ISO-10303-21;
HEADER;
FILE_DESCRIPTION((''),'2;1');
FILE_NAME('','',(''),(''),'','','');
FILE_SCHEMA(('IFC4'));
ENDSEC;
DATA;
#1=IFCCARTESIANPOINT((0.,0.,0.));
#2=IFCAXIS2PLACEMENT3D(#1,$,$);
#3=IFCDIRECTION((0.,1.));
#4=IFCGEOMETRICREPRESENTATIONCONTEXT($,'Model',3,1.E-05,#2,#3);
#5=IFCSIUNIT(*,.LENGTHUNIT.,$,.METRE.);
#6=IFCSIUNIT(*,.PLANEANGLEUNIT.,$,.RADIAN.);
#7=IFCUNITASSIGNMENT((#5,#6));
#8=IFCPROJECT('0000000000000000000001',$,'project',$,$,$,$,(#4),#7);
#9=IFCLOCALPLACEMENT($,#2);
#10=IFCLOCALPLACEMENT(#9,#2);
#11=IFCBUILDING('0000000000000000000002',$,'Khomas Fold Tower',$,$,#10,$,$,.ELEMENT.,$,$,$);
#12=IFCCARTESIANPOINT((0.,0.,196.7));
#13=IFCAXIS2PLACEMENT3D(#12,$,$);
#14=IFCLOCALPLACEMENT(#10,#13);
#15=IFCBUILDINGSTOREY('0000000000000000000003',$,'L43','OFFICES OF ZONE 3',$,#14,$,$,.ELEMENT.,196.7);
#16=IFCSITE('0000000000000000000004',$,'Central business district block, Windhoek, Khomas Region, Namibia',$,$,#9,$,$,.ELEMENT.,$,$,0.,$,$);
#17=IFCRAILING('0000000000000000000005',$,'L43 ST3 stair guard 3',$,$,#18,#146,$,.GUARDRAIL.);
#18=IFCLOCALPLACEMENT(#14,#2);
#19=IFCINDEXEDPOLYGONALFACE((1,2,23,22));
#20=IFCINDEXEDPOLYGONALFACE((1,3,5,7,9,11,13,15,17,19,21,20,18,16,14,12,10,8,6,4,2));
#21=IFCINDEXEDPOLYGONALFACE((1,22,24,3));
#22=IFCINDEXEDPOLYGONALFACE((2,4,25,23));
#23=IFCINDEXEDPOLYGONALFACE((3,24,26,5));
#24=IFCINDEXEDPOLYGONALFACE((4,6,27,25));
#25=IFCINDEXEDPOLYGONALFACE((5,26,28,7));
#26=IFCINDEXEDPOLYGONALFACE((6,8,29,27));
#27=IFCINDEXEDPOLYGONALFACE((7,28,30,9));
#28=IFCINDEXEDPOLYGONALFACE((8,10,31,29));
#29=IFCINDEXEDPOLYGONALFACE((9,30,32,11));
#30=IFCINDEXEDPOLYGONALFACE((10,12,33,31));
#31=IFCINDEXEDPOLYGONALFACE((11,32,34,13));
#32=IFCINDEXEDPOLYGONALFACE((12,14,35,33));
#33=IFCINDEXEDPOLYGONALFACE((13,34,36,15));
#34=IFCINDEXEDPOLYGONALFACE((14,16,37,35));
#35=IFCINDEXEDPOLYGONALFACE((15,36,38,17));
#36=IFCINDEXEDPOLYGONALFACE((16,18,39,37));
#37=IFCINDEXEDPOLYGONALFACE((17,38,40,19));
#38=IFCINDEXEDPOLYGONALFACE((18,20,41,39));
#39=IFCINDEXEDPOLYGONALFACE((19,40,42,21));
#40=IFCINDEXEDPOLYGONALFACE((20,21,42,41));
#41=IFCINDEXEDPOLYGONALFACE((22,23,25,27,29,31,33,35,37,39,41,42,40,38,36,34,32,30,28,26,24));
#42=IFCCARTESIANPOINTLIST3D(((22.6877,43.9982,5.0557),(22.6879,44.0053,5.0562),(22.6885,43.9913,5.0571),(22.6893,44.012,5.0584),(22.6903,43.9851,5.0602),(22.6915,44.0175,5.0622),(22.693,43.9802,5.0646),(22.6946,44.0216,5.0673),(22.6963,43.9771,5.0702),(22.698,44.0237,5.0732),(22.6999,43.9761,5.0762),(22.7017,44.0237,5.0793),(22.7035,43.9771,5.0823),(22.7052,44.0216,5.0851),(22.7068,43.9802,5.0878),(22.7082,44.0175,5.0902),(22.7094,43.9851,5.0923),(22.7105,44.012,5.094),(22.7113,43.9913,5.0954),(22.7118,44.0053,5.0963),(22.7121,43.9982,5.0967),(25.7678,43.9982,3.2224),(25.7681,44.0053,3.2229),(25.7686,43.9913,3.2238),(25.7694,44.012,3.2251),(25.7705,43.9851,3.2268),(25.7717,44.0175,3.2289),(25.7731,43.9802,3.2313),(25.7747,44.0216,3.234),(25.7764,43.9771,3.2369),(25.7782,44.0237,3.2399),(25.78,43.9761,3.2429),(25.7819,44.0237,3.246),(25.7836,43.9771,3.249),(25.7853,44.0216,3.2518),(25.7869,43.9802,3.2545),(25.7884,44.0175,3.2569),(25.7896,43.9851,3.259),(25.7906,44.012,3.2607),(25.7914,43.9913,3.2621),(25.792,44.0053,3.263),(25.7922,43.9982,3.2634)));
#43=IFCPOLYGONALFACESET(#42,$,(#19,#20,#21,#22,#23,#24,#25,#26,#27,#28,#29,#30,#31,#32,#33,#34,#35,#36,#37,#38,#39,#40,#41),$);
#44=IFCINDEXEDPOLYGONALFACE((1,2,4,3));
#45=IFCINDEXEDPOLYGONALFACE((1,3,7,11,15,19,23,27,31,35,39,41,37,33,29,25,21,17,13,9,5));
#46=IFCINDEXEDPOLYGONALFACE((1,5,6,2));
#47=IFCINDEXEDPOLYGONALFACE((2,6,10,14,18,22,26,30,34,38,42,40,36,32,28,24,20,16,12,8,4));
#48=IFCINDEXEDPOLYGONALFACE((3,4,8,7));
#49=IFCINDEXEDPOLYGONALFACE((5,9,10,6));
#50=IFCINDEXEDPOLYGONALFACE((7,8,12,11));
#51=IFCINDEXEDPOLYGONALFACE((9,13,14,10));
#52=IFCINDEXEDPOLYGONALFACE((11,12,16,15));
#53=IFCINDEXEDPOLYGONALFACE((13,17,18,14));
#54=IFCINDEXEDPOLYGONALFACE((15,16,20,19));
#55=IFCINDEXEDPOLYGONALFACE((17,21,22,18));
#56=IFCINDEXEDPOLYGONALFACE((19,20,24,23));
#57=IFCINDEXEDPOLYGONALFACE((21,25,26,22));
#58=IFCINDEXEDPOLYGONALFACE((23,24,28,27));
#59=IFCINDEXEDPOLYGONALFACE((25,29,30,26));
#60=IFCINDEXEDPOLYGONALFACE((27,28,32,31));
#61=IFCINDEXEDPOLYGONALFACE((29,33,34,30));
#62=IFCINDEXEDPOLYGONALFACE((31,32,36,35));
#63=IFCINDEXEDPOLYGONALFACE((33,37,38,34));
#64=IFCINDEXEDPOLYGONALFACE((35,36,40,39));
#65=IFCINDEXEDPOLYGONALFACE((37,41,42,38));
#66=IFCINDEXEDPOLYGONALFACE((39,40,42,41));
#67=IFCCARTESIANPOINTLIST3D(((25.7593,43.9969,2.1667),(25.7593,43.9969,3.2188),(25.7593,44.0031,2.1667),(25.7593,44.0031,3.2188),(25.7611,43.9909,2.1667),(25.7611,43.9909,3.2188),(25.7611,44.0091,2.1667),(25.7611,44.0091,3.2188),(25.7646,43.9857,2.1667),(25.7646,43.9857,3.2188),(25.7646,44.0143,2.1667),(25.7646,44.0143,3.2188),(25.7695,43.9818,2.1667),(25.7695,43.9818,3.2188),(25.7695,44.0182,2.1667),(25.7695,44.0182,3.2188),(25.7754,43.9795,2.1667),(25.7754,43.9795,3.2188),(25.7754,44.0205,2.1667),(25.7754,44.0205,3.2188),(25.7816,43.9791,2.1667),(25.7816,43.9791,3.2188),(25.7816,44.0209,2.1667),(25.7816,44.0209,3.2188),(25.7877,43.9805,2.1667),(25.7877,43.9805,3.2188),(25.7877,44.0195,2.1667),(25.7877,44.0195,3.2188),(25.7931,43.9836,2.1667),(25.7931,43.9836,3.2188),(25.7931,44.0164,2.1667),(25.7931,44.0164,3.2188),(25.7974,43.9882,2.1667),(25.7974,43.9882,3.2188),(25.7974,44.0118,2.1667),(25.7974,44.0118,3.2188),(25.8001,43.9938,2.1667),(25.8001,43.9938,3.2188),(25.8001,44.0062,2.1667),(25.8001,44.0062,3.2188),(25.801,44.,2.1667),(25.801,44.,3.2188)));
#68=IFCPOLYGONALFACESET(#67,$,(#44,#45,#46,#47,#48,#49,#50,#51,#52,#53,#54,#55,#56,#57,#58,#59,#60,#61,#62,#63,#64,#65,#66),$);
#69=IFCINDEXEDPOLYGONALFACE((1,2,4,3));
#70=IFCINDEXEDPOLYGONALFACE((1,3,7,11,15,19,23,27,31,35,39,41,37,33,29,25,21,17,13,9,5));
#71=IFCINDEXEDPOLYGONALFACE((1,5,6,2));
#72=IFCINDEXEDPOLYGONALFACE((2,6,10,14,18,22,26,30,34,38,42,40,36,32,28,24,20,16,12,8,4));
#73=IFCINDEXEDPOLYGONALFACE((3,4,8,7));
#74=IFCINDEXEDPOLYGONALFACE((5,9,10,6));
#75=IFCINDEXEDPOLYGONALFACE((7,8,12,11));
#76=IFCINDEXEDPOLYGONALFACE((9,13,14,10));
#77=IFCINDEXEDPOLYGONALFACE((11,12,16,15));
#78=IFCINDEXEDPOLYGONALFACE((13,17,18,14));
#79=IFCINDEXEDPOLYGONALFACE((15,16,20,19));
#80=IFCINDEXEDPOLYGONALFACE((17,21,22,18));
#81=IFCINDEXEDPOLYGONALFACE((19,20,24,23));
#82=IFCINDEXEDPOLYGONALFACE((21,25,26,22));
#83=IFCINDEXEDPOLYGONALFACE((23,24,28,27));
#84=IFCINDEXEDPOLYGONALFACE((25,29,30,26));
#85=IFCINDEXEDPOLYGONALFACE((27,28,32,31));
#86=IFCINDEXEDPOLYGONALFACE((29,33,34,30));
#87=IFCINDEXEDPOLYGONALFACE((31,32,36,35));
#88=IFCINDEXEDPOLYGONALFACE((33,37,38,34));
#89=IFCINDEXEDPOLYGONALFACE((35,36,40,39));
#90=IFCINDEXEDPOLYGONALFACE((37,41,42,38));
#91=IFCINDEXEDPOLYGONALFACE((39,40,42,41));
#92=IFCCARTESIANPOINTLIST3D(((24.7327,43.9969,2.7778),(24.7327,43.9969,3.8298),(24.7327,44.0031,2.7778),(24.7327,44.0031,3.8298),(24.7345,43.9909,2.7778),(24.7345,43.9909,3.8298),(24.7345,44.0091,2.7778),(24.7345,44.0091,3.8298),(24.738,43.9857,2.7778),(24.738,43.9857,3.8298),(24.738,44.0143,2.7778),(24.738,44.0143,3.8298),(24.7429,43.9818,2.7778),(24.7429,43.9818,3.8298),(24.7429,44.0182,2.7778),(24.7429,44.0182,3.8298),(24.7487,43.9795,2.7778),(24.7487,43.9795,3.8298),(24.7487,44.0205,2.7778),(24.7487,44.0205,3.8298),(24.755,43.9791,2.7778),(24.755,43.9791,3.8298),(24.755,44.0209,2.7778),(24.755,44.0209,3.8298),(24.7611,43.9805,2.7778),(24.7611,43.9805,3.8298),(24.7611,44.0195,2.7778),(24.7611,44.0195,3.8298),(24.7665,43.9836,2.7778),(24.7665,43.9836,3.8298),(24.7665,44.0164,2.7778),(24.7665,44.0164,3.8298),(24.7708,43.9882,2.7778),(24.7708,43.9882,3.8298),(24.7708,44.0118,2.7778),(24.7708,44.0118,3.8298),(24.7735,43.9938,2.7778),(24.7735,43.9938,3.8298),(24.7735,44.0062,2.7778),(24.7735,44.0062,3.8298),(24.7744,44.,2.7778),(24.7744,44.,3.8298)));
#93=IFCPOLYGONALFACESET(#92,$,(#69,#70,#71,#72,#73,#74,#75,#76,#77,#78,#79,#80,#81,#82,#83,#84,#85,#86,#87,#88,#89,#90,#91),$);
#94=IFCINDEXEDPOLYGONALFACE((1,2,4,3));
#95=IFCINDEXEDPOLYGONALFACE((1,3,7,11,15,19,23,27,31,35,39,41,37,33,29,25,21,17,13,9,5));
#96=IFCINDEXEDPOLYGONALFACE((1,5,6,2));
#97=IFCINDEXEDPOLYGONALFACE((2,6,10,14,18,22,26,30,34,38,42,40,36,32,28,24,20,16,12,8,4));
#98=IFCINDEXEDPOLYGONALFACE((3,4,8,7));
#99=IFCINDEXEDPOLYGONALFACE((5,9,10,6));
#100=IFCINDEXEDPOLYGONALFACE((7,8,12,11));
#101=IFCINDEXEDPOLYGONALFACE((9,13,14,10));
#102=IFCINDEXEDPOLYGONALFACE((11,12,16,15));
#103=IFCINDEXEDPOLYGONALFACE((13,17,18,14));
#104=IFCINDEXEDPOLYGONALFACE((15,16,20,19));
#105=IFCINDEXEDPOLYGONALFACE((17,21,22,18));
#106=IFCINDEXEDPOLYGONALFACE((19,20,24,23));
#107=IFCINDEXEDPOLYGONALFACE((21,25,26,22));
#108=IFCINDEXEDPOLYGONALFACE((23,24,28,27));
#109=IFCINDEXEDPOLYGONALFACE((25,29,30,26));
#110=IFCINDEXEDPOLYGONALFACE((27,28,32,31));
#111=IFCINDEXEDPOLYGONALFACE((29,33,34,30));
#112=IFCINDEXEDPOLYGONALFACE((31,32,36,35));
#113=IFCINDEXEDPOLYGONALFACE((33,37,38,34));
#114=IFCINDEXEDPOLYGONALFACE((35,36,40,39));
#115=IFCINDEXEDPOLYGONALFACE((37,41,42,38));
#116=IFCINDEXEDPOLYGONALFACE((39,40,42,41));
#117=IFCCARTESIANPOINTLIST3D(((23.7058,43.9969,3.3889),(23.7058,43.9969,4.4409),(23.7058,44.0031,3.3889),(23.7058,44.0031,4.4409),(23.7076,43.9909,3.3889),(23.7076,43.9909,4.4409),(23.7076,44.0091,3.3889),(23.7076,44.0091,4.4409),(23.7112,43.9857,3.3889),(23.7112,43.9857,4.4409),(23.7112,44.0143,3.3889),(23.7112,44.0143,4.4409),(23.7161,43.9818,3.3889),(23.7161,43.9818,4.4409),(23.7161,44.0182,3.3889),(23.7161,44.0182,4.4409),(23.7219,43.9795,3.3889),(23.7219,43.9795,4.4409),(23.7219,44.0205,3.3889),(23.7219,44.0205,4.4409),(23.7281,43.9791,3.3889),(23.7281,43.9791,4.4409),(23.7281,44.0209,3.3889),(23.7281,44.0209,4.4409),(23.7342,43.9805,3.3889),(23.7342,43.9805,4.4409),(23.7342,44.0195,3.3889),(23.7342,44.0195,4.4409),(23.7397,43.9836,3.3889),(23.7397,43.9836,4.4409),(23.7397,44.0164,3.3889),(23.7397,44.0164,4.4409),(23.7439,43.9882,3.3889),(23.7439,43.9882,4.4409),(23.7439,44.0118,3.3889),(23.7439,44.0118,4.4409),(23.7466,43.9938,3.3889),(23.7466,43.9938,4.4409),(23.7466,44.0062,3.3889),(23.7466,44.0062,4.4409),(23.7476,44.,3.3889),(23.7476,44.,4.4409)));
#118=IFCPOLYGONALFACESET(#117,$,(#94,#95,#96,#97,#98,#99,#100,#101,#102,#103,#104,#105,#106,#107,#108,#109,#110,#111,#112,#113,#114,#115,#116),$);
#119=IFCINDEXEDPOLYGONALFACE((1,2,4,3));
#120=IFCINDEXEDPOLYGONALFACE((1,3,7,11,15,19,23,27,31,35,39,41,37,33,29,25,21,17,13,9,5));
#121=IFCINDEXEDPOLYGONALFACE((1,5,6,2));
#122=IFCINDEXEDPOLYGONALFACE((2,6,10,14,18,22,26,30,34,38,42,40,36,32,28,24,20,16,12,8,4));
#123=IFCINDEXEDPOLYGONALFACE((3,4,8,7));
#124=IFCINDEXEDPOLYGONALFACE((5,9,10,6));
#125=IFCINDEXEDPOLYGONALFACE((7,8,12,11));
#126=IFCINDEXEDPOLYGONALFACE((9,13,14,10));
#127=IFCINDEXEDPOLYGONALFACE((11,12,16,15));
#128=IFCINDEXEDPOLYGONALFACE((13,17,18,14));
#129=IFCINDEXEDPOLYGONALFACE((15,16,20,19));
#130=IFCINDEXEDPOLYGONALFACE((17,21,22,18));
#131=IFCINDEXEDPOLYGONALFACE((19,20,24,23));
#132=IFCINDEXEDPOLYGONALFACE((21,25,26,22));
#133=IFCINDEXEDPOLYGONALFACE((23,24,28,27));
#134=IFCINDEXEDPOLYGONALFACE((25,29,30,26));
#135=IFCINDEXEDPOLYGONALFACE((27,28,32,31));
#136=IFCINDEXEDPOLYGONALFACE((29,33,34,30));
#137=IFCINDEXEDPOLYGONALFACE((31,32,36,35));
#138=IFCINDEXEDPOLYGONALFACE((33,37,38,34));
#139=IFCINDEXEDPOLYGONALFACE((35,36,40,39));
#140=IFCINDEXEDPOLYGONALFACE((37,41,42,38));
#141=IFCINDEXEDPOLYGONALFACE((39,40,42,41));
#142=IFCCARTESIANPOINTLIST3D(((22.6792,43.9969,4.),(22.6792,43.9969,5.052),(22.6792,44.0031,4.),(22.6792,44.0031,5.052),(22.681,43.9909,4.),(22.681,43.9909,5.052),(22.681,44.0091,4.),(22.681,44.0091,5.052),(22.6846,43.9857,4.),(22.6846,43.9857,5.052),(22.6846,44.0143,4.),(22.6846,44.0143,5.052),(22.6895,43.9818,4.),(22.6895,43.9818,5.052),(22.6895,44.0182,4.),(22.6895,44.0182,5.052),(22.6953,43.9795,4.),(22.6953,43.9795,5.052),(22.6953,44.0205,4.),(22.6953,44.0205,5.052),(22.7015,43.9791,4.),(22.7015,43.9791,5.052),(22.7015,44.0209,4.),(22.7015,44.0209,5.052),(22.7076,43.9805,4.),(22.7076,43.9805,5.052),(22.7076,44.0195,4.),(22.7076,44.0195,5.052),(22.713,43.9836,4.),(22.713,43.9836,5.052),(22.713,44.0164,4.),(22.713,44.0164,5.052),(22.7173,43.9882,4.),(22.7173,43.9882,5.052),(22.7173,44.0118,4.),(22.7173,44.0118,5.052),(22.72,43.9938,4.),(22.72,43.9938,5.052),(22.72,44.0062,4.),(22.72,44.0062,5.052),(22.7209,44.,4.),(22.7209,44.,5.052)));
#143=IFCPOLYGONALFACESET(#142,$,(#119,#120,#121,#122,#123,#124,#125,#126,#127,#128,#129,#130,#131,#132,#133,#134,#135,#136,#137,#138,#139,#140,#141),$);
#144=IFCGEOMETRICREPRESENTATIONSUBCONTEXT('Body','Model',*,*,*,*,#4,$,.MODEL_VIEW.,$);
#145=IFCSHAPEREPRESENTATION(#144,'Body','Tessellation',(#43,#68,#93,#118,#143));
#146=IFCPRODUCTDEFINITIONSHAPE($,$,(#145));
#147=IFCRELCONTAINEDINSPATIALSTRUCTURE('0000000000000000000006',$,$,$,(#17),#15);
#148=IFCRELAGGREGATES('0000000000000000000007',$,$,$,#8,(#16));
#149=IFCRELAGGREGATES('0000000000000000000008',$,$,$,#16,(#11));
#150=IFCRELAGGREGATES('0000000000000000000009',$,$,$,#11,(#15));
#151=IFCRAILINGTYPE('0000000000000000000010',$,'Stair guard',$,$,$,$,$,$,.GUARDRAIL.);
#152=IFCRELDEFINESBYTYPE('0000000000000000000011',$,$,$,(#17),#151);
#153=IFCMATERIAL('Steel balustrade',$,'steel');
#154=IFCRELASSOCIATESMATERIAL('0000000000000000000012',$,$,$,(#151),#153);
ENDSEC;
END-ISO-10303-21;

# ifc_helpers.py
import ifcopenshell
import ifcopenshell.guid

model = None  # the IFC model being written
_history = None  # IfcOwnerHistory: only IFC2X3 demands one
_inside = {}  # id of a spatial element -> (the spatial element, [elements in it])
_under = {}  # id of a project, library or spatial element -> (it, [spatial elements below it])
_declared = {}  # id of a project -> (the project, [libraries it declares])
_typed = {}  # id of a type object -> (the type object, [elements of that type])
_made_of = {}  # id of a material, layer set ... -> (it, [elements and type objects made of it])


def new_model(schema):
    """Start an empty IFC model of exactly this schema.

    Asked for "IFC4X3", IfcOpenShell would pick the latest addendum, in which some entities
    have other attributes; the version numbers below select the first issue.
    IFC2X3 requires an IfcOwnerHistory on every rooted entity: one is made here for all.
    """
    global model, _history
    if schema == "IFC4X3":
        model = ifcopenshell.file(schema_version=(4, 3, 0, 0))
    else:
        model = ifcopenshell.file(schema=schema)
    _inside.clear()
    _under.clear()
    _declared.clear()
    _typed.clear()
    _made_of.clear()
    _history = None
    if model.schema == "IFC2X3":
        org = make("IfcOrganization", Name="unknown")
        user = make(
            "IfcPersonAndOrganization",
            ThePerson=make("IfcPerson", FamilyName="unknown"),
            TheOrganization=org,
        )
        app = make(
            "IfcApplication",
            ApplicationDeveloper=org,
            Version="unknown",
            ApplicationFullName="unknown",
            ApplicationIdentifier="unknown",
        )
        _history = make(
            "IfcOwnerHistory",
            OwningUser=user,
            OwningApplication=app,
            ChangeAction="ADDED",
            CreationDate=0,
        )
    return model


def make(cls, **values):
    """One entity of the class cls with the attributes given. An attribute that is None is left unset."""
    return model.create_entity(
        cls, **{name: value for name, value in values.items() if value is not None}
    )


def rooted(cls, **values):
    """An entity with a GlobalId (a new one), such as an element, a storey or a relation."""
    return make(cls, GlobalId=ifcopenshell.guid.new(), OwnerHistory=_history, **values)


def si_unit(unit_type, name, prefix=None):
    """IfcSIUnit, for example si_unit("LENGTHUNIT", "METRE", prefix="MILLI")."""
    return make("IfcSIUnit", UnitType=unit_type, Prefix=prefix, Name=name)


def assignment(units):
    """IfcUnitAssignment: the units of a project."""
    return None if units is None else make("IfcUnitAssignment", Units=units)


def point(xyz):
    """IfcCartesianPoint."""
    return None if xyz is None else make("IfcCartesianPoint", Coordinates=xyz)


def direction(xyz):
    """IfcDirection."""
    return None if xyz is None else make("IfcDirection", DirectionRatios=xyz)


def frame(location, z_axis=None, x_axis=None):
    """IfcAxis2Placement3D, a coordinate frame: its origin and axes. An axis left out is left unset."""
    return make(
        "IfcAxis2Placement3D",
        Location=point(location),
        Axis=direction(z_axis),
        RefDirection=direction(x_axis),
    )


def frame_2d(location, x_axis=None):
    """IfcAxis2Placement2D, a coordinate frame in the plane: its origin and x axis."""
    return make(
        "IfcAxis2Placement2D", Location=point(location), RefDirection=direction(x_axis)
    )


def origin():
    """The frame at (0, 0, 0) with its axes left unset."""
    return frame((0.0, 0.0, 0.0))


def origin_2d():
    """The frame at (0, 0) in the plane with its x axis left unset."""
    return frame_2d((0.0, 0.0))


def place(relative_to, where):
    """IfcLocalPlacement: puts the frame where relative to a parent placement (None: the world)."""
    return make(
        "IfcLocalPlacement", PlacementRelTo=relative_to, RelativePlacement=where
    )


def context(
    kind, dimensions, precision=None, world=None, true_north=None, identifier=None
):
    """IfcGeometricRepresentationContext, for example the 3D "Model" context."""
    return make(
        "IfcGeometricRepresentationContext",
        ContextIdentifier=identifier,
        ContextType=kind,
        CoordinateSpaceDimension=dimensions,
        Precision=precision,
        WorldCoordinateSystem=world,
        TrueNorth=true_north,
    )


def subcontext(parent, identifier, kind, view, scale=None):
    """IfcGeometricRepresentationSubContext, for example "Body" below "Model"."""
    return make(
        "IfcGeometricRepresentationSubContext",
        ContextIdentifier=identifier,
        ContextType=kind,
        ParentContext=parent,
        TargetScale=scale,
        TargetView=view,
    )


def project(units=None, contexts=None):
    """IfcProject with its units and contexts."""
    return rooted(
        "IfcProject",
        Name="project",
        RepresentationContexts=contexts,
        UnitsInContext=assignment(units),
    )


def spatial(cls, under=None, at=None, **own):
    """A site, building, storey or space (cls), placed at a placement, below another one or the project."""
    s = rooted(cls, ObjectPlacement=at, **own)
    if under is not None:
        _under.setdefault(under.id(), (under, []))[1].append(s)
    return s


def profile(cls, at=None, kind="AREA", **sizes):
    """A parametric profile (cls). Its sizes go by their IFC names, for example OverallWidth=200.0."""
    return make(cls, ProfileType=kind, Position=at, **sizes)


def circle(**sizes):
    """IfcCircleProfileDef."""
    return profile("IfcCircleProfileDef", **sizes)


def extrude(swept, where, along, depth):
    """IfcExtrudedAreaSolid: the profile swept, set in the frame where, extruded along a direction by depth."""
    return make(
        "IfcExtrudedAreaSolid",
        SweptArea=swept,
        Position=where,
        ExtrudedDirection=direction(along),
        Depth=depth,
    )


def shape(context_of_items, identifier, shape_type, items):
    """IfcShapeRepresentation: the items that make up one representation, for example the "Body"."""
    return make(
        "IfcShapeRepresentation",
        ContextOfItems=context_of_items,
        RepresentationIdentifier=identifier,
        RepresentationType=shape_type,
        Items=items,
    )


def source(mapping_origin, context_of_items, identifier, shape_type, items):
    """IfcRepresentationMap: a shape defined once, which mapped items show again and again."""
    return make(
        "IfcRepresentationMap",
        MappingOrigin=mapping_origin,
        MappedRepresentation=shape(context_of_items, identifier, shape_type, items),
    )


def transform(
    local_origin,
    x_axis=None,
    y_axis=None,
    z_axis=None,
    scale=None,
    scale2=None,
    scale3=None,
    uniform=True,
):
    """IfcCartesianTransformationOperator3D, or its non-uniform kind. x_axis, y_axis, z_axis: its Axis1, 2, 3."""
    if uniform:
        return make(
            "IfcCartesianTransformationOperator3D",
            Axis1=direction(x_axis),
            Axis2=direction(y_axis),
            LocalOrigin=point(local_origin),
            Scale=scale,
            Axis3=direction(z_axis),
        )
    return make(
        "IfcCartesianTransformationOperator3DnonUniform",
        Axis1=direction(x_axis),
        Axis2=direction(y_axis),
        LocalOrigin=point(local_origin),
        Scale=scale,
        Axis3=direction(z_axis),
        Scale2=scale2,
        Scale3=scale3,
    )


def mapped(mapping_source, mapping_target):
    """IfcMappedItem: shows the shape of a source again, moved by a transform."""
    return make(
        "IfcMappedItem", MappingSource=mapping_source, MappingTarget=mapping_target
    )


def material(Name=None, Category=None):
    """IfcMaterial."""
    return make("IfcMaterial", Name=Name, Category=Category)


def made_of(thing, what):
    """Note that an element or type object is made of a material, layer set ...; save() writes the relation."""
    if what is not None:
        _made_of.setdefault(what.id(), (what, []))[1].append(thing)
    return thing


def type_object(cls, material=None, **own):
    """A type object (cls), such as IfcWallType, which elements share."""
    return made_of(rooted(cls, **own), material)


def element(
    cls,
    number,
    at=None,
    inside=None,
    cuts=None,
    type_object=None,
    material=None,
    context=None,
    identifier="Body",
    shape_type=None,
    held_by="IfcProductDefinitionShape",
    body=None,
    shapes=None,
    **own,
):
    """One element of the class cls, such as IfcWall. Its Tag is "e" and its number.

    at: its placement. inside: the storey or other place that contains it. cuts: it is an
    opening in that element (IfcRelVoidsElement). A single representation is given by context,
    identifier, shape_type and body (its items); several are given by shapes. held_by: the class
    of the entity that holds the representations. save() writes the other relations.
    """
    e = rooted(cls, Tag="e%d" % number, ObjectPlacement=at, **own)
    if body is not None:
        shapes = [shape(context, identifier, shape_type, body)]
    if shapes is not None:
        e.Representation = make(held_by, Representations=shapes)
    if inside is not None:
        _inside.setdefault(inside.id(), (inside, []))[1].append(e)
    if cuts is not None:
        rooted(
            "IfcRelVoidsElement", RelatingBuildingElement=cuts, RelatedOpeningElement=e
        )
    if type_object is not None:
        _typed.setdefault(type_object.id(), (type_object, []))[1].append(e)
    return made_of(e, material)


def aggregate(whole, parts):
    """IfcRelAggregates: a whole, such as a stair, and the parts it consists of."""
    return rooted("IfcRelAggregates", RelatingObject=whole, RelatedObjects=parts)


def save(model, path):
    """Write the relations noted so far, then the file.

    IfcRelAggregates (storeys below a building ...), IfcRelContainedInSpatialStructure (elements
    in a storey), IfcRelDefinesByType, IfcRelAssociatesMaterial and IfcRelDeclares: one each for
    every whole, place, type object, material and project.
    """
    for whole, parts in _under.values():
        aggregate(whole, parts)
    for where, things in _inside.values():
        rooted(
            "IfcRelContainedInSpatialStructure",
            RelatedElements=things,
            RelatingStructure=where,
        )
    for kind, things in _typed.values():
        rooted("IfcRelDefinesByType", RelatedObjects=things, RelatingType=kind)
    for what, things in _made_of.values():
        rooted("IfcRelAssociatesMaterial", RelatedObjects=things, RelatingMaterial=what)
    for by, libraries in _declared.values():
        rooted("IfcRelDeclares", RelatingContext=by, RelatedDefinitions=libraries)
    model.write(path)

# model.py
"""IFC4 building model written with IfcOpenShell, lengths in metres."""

from ifc_helpers import new_model, si_unit, direction, frame, origin, origin_2d, place, context, subcontext, project, spatial, circle, extrude, source, transform, mapped, material, type_object, element, save


model = new_model("IFC4")

# Units and contexts
model_context = context("Model", 3, precision=1e-05, world=origin(), true_north=direction((0.0, 1.0)))
body_context = subcontext(model_context, "Body", "Model", "MODEL_VIEW")
ifc_project = project(units=[si_unit("LENGTHUNIT", "METRE"), si_unit("PLANEANGLEUNIT", "RADIAN")], contexts=[model_context])

# Site, building, storey
site_placement = place(None, origin())
site = spatial("IfcSite", under=ifc_project, at=site_placement, Name="Central business district block, Windhoek, Khomas Region, Namibia", CompositionType="ELEMENT", RefElevation=0.0)
building_placement = place(site_placement, origin())
building = spatial("IfcBuilding", under=site, at=building_placement, Name="Khomas Fold Tower", CompositionType="ELEMENT")
storey_placement = place(building_placement, frame((0.0, 0.0, 196.7)))
storey = spatial("IfcBuildingStorey", under=building, at=storey_placement, Name="L43", Description="OFFICES OF ZONE 3", CompositionType="ELEMENT", Elevation=196.7)

# Railing
ifc_material_1 = material(Name="Steel balustrade", Category="steel")
railing_type_1 = type_object("IfcRailingType", Name="Stair guard", PredefinedType="GUARDRAIL", material=ifc_material_1)
shared_shape_1 = source(origin(), body_context, "Body", "SweptSolid", [
    extrude(circle(Radius=0.0239, at=origin_2d()), frame((0.0, 0.0, 1.0762), z_axis=(-0.859309, 0.0, 0.511458), x_axis=(0.0, -1.0, 0.0)), (0.0, 0.0, 1.0), 3.5845),
    extrude(circle(Radius=0.021, at=origin_2d()), origin(), (0.0, 0.0, 1.0), 1.052),
    extrude(circle(Radius=0.021, at=origin_2d()), frame((-1.0266, 0.0, 0.6111)), (0.0, 0.0, 1.0), 1.052),
    extrude(circle(Radius=0.021, at=origin_2d()), frame((-2.0535, 0.0, 1.2222)), (0.0, 0.0, 1.0), 1.052),
    extrude(circle(Radius=0.021, at=origin_2d()), frame((-3.0801, 0.0, 1.8333)), (0.0, 0.0, 1.0), 1.052),
])
railing_1_placement = place(storey_placement, frame((25.78, 44.0, 2.1667)))
element("IfcRailing", 1, at=railing_1_placement, inside=storey, type_object=railing_type_1, Name="L43 ST3 stair guard 3", PredefinedType="GUARDRAIL", context=body_context, shape_type="MappedRepresentation", body=[
    mapped(shared_shape_1, transform((0.0, 0.0, 0.0))),
])

save(model, "model.ifc")
